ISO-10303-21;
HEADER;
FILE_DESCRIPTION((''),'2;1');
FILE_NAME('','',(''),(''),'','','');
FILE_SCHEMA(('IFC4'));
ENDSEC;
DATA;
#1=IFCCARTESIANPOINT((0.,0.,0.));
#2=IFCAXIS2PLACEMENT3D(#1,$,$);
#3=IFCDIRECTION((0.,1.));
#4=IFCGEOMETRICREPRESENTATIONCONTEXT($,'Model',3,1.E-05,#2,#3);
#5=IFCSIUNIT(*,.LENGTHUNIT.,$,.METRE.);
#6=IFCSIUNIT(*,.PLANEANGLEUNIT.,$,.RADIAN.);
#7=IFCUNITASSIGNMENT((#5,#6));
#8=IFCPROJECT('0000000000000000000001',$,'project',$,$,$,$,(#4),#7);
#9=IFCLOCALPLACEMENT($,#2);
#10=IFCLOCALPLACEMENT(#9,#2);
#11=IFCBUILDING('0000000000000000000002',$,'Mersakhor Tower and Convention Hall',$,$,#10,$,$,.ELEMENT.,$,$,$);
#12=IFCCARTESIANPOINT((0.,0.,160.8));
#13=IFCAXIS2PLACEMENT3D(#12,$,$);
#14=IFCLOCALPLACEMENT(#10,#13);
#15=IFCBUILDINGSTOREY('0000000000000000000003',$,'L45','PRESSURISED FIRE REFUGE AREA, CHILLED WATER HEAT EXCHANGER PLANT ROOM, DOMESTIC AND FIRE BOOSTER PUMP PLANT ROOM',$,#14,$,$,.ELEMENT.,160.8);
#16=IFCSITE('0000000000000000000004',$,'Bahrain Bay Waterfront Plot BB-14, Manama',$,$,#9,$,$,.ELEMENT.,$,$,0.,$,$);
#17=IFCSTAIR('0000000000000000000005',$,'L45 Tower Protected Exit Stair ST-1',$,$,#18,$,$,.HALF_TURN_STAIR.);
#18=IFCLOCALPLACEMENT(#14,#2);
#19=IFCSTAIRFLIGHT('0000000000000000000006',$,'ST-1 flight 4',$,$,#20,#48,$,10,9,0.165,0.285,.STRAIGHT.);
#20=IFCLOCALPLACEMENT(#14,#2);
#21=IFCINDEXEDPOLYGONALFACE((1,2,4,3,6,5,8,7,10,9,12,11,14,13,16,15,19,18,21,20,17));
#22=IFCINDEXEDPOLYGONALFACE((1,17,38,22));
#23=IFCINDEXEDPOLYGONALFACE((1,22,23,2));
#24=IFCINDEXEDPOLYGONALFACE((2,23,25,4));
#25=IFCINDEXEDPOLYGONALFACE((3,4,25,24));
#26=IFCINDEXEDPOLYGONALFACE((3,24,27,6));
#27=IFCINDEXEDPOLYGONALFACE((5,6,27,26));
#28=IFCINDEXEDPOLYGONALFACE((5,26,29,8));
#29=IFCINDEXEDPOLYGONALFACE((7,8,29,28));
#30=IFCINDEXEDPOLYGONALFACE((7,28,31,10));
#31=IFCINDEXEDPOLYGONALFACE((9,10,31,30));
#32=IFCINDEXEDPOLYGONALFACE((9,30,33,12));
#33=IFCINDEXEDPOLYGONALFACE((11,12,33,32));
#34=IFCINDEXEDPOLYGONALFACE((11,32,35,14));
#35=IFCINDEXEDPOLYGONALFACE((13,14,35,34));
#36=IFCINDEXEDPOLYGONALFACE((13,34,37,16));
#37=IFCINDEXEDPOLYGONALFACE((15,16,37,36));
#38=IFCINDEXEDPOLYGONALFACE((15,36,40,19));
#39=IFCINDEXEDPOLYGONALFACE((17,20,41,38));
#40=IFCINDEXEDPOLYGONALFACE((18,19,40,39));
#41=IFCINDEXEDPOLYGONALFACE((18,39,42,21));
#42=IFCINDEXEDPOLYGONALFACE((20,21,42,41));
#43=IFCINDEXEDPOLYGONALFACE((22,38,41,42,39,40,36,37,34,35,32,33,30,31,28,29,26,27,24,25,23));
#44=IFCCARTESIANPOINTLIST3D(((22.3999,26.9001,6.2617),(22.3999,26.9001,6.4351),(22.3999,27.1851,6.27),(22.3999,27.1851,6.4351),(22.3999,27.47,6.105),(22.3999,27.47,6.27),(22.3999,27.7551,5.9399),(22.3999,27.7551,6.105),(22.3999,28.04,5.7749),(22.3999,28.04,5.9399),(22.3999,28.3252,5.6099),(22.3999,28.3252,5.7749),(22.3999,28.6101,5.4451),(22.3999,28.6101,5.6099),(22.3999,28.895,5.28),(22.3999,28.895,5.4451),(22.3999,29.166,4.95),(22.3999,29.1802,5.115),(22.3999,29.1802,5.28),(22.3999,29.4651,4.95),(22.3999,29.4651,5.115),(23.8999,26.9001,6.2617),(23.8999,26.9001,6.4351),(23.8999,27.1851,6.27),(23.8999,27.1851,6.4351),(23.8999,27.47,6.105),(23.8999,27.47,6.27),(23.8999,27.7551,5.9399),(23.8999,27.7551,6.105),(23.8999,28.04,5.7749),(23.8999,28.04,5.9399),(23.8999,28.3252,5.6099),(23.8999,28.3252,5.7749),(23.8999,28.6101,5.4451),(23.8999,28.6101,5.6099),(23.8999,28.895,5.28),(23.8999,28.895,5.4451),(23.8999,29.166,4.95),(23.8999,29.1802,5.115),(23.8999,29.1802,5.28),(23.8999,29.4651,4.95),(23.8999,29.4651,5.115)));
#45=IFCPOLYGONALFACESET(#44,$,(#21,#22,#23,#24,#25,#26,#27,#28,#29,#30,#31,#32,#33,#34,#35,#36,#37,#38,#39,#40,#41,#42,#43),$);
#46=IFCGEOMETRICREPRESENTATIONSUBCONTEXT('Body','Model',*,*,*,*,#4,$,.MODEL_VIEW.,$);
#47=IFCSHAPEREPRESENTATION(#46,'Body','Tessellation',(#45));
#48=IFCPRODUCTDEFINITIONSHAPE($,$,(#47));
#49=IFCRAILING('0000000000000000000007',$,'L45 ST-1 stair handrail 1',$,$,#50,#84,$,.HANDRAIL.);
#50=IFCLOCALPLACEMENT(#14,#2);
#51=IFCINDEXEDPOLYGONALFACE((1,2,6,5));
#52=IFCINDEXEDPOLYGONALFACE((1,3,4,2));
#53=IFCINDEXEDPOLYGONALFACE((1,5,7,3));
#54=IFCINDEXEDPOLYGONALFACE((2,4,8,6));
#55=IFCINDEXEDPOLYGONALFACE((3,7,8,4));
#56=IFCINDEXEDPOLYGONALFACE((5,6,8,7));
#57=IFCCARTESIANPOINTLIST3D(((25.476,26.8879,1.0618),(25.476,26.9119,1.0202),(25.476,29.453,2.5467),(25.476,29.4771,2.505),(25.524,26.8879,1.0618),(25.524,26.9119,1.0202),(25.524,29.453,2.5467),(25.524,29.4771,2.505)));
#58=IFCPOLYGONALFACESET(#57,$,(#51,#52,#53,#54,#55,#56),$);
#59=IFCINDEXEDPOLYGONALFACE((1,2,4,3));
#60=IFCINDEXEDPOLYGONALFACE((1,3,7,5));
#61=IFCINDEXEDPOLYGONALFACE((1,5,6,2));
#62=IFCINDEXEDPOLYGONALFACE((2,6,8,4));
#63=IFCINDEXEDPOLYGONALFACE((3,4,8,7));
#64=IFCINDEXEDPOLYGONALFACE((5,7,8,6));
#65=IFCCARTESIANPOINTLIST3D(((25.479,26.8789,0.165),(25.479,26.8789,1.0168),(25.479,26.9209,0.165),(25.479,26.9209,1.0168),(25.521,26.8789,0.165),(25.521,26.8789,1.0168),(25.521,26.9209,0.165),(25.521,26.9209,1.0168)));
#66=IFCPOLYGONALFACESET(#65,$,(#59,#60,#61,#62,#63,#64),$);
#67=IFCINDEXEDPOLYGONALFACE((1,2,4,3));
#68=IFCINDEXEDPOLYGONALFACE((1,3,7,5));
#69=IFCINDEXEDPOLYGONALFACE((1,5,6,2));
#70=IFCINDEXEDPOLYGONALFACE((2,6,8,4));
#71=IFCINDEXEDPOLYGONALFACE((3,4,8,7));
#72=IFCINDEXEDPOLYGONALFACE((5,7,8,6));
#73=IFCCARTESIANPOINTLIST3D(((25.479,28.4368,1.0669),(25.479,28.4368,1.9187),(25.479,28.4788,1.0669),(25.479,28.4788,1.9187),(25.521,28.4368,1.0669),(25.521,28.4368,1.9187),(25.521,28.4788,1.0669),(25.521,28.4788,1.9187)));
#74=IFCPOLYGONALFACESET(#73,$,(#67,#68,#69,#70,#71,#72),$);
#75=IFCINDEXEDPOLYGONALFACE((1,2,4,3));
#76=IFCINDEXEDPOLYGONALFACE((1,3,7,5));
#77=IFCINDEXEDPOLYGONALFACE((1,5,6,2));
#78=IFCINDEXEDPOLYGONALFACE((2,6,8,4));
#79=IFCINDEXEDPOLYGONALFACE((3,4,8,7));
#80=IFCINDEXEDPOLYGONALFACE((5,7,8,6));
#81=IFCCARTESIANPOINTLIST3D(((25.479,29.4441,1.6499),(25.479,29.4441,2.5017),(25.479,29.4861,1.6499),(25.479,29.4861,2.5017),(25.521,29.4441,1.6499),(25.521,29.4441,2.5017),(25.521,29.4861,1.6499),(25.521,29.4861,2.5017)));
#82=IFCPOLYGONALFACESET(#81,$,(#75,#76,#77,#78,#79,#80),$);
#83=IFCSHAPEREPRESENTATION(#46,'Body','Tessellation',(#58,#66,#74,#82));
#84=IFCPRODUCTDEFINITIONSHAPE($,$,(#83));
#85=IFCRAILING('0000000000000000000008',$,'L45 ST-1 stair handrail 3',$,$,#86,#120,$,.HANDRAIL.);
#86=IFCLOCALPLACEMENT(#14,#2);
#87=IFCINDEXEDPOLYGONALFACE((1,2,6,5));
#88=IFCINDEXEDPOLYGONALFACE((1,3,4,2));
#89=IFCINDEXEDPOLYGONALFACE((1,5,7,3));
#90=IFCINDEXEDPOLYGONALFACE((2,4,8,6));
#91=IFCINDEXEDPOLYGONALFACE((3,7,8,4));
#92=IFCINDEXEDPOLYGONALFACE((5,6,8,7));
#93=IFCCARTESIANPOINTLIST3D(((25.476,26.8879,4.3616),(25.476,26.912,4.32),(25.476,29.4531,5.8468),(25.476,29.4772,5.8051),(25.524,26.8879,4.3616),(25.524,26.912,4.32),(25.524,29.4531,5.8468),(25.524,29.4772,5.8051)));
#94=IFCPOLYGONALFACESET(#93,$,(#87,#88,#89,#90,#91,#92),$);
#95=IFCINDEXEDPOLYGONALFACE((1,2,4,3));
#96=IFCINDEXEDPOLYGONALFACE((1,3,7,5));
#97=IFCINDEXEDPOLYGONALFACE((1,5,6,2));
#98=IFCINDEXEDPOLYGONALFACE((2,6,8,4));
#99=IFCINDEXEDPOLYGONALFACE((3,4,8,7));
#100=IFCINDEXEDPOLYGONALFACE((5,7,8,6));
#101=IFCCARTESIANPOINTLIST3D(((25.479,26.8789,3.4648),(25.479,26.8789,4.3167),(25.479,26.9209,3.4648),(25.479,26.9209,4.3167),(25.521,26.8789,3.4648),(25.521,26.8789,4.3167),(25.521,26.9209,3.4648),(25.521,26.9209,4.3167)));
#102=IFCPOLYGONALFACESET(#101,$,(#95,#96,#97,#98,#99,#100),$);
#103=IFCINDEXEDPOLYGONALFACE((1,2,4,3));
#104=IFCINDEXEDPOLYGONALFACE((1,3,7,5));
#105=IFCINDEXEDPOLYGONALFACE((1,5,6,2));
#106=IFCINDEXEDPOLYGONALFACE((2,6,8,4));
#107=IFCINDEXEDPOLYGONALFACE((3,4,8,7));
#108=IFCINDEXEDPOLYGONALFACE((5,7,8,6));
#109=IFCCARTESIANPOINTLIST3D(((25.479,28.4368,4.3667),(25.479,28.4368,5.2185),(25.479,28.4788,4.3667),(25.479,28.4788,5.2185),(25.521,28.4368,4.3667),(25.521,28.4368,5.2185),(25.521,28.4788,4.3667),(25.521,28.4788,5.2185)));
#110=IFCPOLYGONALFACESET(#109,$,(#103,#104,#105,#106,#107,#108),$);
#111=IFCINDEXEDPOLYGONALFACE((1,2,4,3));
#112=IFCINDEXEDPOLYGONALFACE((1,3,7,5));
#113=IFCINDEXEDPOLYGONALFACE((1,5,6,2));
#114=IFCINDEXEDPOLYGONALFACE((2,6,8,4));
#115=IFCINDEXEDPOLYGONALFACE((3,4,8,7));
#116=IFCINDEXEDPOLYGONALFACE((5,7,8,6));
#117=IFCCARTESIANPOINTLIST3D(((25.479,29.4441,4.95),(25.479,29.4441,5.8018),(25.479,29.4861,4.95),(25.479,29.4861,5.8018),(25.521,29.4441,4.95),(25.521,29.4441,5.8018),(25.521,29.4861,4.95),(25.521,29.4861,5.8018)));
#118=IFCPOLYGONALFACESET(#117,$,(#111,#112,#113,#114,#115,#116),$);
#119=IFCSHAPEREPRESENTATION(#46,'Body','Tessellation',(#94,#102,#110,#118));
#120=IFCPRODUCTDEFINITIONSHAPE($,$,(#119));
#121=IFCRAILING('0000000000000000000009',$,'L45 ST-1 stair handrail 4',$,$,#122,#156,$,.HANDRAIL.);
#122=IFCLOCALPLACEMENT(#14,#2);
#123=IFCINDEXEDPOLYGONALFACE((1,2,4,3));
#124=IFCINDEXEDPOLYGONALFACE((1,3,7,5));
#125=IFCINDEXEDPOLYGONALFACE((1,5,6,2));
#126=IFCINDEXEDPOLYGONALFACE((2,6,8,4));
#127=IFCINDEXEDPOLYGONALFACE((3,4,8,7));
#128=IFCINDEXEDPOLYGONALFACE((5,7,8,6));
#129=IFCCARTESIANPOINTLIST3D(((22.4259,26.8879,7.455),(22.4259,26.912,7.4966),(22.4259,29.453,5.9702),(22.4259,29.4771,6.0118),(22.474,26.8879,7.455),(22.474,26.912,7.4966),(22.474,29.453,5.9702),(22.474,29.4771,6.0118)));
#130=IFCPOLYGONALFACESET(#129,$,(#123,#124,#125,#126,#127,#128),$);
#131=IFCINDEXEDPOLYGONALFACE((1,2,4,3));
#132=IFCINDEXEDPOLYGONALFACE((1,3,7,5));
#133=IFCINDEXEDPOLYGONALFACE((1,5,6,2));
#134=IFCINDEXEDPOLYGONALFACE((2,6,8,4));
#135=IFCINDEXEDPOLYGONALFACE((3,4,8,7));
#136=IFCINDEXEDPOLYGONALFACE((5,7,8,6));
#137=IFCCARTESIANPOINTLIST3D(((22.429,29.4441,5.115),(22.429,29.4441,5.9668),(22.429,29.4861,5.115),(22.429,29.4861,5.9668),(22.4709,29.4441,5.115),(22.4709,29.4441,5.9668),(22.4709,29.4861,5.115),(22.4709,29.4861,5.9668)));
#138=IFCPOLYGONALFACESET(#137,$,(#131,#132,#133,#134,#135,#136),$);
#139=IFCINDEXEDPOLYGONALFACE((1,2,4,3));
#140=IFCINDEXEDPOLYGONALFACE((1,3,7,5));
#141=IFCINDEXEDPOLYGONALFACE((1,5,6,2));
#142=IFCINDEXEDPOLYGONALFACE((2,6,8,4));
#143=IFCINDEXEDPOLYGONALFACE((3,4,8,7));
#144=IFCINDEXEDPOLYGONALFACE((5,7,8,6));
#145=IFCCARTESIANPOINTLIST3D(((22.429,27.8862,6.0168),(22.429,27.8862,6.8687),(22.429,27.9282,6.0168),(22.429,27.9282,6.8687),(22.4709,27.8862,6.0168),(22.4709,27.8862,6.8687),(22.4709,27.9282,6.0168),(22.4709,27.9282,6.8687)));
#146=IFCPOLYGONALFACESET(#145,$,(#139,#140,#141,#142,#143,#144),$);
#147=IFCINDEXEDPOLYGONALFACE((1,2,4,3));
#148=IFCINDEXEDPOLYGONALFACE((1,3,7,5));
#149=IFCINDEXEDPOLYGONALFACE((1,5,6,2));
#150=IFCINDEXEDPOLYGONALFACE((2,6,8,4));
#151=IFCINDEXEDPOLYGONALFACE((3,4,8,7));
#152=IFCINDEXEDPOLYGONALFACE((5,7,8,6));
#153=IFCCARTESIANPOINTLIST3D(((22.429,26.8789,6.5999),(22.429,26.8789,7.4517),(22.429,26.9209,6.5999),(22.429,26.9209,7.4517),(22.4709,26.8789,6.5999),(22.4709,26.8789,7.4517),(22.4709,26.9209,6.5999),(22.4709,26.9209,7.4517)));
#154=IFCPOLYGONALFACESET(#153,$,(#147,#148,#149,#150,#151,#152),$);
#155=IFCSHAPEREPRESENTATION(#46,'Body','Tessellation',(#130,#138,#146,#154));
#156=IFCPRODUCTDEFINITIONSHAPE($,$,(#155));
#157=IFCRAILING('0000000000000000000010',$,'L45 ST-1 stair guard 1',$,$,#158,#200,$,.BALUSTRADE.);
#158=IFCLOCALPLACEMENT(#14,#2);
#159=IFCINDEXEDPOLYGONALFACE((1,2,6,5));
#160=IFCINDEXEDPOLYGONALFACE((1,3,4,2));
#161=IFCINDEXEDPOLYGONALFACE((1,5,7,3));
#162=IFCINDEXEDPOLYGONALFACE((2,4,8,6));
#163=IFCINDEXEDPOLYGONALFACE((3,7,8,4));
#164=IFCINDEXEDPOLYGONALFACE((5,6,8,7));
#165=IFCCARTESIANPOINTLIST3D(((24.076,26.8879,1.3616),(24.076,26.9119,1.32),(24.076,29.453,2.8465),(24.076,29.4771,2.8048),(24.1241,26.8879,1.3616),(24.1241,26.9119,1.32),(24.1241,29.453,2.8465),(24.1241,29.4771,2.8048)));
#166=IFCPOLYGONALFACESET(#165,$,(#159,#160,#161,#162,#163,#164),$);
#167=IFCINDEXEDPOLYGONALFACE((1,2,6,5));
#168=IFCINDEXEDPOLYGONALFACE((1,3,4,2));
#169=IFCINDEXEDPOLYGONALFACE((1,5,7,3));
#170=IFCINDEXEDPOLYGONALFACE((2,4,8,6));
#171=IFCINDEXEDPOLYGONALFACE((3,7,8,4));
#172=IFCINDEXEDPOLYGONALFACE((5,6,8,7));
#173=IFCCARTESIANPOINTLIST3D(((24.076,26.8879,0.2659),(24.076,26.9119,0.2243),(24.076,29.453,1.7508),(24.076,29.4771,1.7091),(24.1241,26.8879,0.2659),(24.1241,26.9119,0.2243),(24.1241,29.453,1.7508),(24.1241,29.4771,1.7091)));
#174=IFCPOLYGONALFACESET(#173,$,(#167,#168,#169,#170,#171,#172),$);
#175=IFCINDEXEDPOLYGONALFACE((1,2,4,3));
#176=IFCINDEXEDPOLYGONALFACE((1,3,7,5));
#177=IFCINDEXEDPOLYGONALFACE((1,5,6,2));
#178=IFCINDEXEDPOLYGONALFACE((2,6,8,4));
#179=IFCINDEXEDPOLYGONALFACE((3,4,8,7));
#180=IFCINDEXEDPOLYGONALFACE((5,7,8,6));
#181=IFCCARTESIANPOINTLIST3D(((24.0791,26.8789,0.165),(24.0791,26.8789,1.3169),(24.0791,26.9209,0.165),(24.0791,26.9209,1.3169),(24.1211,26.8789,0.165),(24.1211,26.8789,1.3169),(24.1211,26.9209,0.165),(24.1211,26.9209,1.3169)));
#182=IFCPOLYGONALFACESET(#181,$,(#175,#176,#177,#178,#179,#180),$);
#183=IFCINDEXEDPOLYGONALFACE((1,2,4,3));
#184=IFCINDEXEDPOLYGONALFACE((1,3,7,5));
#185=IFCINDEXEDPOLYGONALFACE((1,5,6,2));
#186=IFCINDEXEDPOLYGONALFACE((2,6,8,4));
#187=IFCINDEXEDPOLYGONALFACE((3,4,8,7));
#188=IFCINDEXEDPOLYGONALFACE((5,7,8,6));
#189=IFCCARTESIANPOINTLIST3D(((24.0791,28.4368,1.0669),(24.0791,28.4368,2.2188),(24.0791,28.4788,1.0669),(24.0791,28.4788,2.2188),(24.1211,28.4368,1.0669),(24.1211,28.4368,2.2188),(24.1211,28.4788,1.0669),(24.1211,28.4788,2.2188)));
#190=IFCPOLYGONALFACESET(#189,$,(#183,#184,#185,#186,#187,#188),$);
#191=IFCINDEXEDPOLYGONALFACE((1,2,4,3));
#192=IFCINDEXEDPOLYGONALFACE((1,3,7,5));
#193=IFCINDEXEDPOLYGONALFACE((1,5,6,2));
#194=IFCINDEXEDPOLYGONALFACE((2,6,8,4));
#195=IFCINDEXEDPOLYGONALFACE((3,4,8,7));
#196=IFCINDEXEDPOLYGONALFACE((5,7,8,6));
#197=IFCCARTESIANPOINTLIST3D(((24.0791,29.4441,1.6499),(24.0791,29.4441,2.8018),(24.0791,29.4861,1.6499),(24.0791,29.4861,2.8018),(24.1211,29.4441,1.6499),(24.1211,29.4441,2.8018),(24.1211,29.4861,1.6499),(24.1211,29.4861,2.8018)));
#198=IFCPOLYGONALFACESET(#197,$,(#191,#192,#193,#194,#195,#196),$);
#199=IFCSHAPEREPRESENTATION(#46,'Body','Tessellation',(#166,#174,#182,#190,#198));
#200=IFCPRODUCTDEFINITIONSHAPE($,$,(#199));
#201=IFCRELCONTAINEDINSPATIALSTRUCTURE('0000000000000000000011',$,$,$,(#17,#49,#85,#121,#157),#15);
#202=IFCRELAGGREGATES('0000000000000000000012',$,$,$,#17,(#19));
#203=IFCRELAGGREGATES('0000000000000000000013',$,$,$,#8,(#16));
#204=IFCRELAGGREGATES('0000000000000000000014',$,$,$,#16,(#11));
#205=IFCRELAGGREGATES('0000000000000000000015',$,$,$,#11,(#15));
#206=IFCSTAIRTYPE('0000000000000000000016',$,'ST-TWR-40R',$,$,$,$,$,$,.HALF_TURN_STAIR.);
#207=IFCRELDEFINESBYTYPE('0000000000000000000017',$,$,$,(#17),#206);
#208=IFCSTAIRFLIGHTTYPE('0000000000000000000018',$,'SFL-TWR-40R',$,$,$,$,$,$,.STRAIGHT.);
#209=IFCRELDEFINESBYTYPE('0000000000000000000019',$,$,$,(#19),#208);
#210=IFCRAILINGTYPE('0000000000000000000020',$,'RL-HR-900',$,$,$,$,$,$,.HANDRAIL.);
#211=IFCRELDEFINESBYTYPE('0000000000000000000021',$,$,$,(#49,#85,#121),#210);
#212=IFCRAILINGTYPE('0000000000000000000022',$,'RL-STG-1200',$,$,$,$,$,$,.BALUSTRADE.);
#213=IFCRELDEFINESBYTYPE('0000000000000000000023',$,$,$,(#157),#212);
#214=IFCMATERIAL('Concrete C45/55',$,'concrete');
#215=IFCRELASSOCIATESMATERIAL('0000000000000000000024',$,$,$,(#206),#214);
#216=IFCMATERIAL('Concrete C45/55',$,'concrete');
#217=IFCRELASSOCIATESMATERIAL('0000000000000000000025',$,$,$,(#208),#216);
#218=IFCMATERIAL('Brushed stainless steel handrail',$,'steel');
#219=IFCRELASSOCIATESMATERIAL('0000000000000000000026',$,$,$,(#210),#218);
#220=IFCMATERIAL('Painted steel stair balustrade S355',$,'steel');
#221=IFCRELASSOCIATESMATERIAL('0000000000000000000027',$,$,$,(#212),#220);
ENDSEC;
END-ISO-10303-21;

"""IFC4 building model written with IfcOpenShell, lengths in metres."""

from ifc_helpers import new_model, si_unit, direction, frame, origin, origin_2d, place, context, subcontext, project, spatial, polyline, rectangle, outline, extrude, material, type_object, element, aggregate, save


model = new_model("IFC4")

# Units and contexts
model_context = context("Model", 3, precision=1e-05, world=origin(), true_north=direction((0.0, 1.0)))
body_context = subcontext(model_context, "Body", "Model", "MODEL_VIEW")
ifc_project = project(units=[si_unit("LENGTHUNIT", "METRE"), si_unit("PLANEANGLEUNIT", "RADIAN")], contexts=[model_context])

# Site, building, storey
site_placement = place(None, origin())
site = spatial("IfcSite", under=ifc_project, at=site_placement, Name="Bahrain Bay Waterfront Plot BB-14, Manama", CompositionType="ELEMENT", RefElevation=0.0)
building_placement = place(site_placement, origin())
building = spatial("IfcBuilding", under=site, at=building_placement, Name="Mersakhor Tower and Convention Hall", CompositionType="ELEMENT")
storey_placement = place(building_placement, frame((0.0, 0.0, 160.8)))
storey = spatial("IfcBuildingStorey", under=building, at=storey_placement, Name="L45", Description="PRESSURISED FIRE REFUGE AREA, CHILLED WATER HEAT EXCHANGER PLANT ROOM, DOMESTIC AND FIRE BOOSTER PUMP PLANT ROOM", CompositionType="ELEMENT", Elevation=160.8)

# Stair, stair flight
ifc_material_1 = material(Name="Concrete C45/55", Category="concrete")
stair_type = type_object("IfcStairType", Name="ST-TWR-40R", PredefinedType="HALF_TURN_STAIR", material=ifc_material_1)
stair_placement = place(storey_placement, origin())
stair = element("IfcStair", 1, at=stair_placement, inside=storey, type_object=stair_type, Name="L45 Tower Protected Exit Stair ST-1", PredefinedType="HALF_TURN_STAIR")
ifc_material_2 = material(Name="Concrete C45/55", Category="concrete")
stair_flight_type = type_object("IfcStairFlightType", Name="SFL-TWR-40R", PredefinedType="STRAIGHT", material=ifc_material_2)
stair_flight_1_placement = place(storey_placement, frame((23.1499, 29.4651, 4.95), z_axis=(0.0, 0.0, 1.0), x_axis=(0.0, -1.0, 0.0)))
stair_flight_1 = element("IfcStairFlight", 2, at=stair_flight_1_placement, type_object=stair_flight_type, Name="ST-1 flight 4", NumberOfRisers=10, NumberOfTreads=9, PredefinedType="STRAIGHT", RiserHeight=0.165, TreadLength=0.285, context=body_context, shape_type="SweptSolid", body=[
    extrude(outline(polyline([(0.0, 0.0), (0.0, 0.165), (0.2849, 0.165), (0.2849, 0.3301), (0.5701, 0.3301), (0.5701, 0.4951), (0.855, 0.4951), (0.855, 0.6599), (1.1399, 0.6599), (1.1399, 0.825), (1.425, 0.825), (1.425, 0.99), (1.71, 0.99), (1.71, 1.155), (1.9951, 1.155), (1.9951, 1.3201), (2.28, 1.3201), (2.28, 1.4851), (2.5649, 1.4851), (2.5649, 1.6499), (2.5649, 1.3118), (0.2991, 0.0), (0.0, 0.0)])), frame((0.0, 0.75, 0.0), z_axis=(0.0, -1.0, 0.0), x_axis=(1.0, 0.0, 0.0)), (0.0, 0.0, 1.0), 1.5),
])
aggregate(stair, [stair_flight_1])

# Railings
ifc_material_3 = material(Name="Brushed stainless steel handrail", Category="steel")
railing_type_1 = type_object("IfcRailingType", Name="RL-HR-900", PredefinedType="HANDRAIL", material=ifc_material_3)
railing_1_placement = place(storey_placement, frame((25.5, 26.8999, 0.165)))
element("IfcRailing", 3, at=railing_1_placement, inside=storey, type_object=railing_type_1, Name="L45 ST-1 stair handrail 1", PredefinedType="HANDRAIL", context=body_context, shape_type="SweptSolid", body=[
    extrude(rectangle(XDim=0.0481, YDim=0.0481, at=origin_2d()), frame((0.0, 0.0, 0.876), z_axis=(0.0, 0.865462, 0.500975), x_axis=(-1.0, 0.0, 0.0)), (0.0, 0.0, 1.0), 2.9639),
    extrude(rectangle(XDim=0.042, YDim=0.042, at=origin_2d()), origin(), (0.0, 0.0, 1.0), 0.8518),
    extrude(rectangle(XDim=0.042, YDim=0.042, at=origin_2d()), frame((0.0, 1.5579, 0.9019)), (0.0, 0.0, 1.0), 0.8518),
    extrude(rectangle(XDim=0.042, YDim=0.042, at=origin_2d()), frame((0.0, 2.5652, 1.4849)), (0.0, 0.0, 1.0), 0.8518),
])
railing_2_placement = place(storey_placement, frame((25.5, 26.8999, 3.4648)))
element("IfcRailing", 4, at=railing_2_placement, inside=storey, type_object=railing_type_1, Name="L45 ST-1 stair handrail 3", PredefinedType="HANDRAIL", context=body_context, shape_type="SweptSolid", body=[
    extrude(rectangle(XDim=0.0481, YDim=0.0481, at=origin_2d()), frame((0.0, 0.0, 0.876), z_axis=(0.0, 0.865426, 0.501036), x_axis=(-1.0, 0.0, 0.0)), (0.0, 0.0, 1.0), 2.9641),
    extrude(rectangle(XDim=0.042, YDim=0.042, at=origin_2d()), origin(), (0.0, 0.0, 1.0), 0.8518),
    extrude(rectangle(XDim=0.042, YDim=0.042, at=origin_2d()), frame((0.0, 1.5579, 0.9019)), (0.0, 0.0, 1.0), 0.8518),
    extrude(rectangle(XDim=0.042, YDim=0.042, at=origin_2d()), frame((0.0, 2.5652, 1.4851)), (0.0, 0.0, 1.0), 0.8518),
])
railing_3_placement = place(storey_placement, frame((22.45, 29.4651, 5.115)))
element("IfcRailing", 5, at=railing_3_placement, inside=storey, type_object=railing_type_1, Name="L45 ST-1 stair handrail 4", PredefinedType="HANDRAIL", context=body_context, shape_type="SweptSolid", body=[
    extrude(rectangle(XDim=0.0481, YDim=0.0481, at=origin_2d()), frame((0.0, 0.0, 0.876), z_axis=(0.0, -0.865462, 0.500975), x_axis=(1.0, 0.0, 0.0)), (0.0, 0.0, 1.0), 2.9639),
    extrude(rectangle(XDim=0.042, YDim=0.042, at=origin_2d()), origin(), (0.0, 0.0, 1.0), 0.8518),
    extrude(rectangle(XDim=0.042, YDim=0.042, at=origin_2d()), frame((0.0, -1.5579, 0.9019)), (0.0, 0.0, 1.0), 0.8518),
    extrude(rectangle(XDim=0.042, YDim=0.042, at=origin_2d()), frame((0.0, -2.5652, 1.4849)), (0.0, 0.0, 1.0), 0.8518),
])
ifc_material_4 = material(Name="Painted steel stair balustrade S355", Category="steel")
railing_type_2 = type_object("IfcRailingType", Name="RL-STG-1200", PredefinedType="BALUSTRADE", material=ifc_material_4)
railing_4_placement = place(storey_placement, frame((24.1001, 26.8999, 0.165)))
element("IfcRailing", 6, at=railing_4_placement, inside=storey, type_object=railing_type_2, Name="L45 ST-1 stair guard 1", PredefinedType="BALUSTRADE", context=body_context, shape_type="SweptSolid", body=[
    extrude(rectangle(XDim=0.0481, YDim=0.0481, at=origin_2d()), frame((0.0, 0.0, 1.1758), z_axis=(0.0, 0.865462, 0.500975), x_axis=(-1.0, 0.0, 0.0)), (0.0, 0.0, 1.0), 2.9639),
    extrude(rectangle(XDim=0.0481, YDim=0.0481, at=origin_2d()), frame((0.0, 0.0, 0.0801), z_axis=(0.0, 0.865462, 0.500975), x_axis=(-1.0, 0.0, 0.0)), (0.0, 0.0, 1.0), 2.9639),
    extrude(rectangle(XDim=0.042, YDim=0.042, at=origin_2d()), origin(), (0.0, 0.0, 1.0), 1.1519),
    extrude(rectangle(XDim=0.042, YDim=0.042, at=origin_2d()), frame((0.0, 1.5579, 0.9019)), (0.0, 0.0, 1.0), 1.1519),
    extrude(rectangle(XDim=0.042, YDim=0.042, at=origin_2d()), frame((0.0, 2.5652, 1.4849)), (0.0, 0.0, 1.0), 1.1519),
])

save(model, "model.ifc")
